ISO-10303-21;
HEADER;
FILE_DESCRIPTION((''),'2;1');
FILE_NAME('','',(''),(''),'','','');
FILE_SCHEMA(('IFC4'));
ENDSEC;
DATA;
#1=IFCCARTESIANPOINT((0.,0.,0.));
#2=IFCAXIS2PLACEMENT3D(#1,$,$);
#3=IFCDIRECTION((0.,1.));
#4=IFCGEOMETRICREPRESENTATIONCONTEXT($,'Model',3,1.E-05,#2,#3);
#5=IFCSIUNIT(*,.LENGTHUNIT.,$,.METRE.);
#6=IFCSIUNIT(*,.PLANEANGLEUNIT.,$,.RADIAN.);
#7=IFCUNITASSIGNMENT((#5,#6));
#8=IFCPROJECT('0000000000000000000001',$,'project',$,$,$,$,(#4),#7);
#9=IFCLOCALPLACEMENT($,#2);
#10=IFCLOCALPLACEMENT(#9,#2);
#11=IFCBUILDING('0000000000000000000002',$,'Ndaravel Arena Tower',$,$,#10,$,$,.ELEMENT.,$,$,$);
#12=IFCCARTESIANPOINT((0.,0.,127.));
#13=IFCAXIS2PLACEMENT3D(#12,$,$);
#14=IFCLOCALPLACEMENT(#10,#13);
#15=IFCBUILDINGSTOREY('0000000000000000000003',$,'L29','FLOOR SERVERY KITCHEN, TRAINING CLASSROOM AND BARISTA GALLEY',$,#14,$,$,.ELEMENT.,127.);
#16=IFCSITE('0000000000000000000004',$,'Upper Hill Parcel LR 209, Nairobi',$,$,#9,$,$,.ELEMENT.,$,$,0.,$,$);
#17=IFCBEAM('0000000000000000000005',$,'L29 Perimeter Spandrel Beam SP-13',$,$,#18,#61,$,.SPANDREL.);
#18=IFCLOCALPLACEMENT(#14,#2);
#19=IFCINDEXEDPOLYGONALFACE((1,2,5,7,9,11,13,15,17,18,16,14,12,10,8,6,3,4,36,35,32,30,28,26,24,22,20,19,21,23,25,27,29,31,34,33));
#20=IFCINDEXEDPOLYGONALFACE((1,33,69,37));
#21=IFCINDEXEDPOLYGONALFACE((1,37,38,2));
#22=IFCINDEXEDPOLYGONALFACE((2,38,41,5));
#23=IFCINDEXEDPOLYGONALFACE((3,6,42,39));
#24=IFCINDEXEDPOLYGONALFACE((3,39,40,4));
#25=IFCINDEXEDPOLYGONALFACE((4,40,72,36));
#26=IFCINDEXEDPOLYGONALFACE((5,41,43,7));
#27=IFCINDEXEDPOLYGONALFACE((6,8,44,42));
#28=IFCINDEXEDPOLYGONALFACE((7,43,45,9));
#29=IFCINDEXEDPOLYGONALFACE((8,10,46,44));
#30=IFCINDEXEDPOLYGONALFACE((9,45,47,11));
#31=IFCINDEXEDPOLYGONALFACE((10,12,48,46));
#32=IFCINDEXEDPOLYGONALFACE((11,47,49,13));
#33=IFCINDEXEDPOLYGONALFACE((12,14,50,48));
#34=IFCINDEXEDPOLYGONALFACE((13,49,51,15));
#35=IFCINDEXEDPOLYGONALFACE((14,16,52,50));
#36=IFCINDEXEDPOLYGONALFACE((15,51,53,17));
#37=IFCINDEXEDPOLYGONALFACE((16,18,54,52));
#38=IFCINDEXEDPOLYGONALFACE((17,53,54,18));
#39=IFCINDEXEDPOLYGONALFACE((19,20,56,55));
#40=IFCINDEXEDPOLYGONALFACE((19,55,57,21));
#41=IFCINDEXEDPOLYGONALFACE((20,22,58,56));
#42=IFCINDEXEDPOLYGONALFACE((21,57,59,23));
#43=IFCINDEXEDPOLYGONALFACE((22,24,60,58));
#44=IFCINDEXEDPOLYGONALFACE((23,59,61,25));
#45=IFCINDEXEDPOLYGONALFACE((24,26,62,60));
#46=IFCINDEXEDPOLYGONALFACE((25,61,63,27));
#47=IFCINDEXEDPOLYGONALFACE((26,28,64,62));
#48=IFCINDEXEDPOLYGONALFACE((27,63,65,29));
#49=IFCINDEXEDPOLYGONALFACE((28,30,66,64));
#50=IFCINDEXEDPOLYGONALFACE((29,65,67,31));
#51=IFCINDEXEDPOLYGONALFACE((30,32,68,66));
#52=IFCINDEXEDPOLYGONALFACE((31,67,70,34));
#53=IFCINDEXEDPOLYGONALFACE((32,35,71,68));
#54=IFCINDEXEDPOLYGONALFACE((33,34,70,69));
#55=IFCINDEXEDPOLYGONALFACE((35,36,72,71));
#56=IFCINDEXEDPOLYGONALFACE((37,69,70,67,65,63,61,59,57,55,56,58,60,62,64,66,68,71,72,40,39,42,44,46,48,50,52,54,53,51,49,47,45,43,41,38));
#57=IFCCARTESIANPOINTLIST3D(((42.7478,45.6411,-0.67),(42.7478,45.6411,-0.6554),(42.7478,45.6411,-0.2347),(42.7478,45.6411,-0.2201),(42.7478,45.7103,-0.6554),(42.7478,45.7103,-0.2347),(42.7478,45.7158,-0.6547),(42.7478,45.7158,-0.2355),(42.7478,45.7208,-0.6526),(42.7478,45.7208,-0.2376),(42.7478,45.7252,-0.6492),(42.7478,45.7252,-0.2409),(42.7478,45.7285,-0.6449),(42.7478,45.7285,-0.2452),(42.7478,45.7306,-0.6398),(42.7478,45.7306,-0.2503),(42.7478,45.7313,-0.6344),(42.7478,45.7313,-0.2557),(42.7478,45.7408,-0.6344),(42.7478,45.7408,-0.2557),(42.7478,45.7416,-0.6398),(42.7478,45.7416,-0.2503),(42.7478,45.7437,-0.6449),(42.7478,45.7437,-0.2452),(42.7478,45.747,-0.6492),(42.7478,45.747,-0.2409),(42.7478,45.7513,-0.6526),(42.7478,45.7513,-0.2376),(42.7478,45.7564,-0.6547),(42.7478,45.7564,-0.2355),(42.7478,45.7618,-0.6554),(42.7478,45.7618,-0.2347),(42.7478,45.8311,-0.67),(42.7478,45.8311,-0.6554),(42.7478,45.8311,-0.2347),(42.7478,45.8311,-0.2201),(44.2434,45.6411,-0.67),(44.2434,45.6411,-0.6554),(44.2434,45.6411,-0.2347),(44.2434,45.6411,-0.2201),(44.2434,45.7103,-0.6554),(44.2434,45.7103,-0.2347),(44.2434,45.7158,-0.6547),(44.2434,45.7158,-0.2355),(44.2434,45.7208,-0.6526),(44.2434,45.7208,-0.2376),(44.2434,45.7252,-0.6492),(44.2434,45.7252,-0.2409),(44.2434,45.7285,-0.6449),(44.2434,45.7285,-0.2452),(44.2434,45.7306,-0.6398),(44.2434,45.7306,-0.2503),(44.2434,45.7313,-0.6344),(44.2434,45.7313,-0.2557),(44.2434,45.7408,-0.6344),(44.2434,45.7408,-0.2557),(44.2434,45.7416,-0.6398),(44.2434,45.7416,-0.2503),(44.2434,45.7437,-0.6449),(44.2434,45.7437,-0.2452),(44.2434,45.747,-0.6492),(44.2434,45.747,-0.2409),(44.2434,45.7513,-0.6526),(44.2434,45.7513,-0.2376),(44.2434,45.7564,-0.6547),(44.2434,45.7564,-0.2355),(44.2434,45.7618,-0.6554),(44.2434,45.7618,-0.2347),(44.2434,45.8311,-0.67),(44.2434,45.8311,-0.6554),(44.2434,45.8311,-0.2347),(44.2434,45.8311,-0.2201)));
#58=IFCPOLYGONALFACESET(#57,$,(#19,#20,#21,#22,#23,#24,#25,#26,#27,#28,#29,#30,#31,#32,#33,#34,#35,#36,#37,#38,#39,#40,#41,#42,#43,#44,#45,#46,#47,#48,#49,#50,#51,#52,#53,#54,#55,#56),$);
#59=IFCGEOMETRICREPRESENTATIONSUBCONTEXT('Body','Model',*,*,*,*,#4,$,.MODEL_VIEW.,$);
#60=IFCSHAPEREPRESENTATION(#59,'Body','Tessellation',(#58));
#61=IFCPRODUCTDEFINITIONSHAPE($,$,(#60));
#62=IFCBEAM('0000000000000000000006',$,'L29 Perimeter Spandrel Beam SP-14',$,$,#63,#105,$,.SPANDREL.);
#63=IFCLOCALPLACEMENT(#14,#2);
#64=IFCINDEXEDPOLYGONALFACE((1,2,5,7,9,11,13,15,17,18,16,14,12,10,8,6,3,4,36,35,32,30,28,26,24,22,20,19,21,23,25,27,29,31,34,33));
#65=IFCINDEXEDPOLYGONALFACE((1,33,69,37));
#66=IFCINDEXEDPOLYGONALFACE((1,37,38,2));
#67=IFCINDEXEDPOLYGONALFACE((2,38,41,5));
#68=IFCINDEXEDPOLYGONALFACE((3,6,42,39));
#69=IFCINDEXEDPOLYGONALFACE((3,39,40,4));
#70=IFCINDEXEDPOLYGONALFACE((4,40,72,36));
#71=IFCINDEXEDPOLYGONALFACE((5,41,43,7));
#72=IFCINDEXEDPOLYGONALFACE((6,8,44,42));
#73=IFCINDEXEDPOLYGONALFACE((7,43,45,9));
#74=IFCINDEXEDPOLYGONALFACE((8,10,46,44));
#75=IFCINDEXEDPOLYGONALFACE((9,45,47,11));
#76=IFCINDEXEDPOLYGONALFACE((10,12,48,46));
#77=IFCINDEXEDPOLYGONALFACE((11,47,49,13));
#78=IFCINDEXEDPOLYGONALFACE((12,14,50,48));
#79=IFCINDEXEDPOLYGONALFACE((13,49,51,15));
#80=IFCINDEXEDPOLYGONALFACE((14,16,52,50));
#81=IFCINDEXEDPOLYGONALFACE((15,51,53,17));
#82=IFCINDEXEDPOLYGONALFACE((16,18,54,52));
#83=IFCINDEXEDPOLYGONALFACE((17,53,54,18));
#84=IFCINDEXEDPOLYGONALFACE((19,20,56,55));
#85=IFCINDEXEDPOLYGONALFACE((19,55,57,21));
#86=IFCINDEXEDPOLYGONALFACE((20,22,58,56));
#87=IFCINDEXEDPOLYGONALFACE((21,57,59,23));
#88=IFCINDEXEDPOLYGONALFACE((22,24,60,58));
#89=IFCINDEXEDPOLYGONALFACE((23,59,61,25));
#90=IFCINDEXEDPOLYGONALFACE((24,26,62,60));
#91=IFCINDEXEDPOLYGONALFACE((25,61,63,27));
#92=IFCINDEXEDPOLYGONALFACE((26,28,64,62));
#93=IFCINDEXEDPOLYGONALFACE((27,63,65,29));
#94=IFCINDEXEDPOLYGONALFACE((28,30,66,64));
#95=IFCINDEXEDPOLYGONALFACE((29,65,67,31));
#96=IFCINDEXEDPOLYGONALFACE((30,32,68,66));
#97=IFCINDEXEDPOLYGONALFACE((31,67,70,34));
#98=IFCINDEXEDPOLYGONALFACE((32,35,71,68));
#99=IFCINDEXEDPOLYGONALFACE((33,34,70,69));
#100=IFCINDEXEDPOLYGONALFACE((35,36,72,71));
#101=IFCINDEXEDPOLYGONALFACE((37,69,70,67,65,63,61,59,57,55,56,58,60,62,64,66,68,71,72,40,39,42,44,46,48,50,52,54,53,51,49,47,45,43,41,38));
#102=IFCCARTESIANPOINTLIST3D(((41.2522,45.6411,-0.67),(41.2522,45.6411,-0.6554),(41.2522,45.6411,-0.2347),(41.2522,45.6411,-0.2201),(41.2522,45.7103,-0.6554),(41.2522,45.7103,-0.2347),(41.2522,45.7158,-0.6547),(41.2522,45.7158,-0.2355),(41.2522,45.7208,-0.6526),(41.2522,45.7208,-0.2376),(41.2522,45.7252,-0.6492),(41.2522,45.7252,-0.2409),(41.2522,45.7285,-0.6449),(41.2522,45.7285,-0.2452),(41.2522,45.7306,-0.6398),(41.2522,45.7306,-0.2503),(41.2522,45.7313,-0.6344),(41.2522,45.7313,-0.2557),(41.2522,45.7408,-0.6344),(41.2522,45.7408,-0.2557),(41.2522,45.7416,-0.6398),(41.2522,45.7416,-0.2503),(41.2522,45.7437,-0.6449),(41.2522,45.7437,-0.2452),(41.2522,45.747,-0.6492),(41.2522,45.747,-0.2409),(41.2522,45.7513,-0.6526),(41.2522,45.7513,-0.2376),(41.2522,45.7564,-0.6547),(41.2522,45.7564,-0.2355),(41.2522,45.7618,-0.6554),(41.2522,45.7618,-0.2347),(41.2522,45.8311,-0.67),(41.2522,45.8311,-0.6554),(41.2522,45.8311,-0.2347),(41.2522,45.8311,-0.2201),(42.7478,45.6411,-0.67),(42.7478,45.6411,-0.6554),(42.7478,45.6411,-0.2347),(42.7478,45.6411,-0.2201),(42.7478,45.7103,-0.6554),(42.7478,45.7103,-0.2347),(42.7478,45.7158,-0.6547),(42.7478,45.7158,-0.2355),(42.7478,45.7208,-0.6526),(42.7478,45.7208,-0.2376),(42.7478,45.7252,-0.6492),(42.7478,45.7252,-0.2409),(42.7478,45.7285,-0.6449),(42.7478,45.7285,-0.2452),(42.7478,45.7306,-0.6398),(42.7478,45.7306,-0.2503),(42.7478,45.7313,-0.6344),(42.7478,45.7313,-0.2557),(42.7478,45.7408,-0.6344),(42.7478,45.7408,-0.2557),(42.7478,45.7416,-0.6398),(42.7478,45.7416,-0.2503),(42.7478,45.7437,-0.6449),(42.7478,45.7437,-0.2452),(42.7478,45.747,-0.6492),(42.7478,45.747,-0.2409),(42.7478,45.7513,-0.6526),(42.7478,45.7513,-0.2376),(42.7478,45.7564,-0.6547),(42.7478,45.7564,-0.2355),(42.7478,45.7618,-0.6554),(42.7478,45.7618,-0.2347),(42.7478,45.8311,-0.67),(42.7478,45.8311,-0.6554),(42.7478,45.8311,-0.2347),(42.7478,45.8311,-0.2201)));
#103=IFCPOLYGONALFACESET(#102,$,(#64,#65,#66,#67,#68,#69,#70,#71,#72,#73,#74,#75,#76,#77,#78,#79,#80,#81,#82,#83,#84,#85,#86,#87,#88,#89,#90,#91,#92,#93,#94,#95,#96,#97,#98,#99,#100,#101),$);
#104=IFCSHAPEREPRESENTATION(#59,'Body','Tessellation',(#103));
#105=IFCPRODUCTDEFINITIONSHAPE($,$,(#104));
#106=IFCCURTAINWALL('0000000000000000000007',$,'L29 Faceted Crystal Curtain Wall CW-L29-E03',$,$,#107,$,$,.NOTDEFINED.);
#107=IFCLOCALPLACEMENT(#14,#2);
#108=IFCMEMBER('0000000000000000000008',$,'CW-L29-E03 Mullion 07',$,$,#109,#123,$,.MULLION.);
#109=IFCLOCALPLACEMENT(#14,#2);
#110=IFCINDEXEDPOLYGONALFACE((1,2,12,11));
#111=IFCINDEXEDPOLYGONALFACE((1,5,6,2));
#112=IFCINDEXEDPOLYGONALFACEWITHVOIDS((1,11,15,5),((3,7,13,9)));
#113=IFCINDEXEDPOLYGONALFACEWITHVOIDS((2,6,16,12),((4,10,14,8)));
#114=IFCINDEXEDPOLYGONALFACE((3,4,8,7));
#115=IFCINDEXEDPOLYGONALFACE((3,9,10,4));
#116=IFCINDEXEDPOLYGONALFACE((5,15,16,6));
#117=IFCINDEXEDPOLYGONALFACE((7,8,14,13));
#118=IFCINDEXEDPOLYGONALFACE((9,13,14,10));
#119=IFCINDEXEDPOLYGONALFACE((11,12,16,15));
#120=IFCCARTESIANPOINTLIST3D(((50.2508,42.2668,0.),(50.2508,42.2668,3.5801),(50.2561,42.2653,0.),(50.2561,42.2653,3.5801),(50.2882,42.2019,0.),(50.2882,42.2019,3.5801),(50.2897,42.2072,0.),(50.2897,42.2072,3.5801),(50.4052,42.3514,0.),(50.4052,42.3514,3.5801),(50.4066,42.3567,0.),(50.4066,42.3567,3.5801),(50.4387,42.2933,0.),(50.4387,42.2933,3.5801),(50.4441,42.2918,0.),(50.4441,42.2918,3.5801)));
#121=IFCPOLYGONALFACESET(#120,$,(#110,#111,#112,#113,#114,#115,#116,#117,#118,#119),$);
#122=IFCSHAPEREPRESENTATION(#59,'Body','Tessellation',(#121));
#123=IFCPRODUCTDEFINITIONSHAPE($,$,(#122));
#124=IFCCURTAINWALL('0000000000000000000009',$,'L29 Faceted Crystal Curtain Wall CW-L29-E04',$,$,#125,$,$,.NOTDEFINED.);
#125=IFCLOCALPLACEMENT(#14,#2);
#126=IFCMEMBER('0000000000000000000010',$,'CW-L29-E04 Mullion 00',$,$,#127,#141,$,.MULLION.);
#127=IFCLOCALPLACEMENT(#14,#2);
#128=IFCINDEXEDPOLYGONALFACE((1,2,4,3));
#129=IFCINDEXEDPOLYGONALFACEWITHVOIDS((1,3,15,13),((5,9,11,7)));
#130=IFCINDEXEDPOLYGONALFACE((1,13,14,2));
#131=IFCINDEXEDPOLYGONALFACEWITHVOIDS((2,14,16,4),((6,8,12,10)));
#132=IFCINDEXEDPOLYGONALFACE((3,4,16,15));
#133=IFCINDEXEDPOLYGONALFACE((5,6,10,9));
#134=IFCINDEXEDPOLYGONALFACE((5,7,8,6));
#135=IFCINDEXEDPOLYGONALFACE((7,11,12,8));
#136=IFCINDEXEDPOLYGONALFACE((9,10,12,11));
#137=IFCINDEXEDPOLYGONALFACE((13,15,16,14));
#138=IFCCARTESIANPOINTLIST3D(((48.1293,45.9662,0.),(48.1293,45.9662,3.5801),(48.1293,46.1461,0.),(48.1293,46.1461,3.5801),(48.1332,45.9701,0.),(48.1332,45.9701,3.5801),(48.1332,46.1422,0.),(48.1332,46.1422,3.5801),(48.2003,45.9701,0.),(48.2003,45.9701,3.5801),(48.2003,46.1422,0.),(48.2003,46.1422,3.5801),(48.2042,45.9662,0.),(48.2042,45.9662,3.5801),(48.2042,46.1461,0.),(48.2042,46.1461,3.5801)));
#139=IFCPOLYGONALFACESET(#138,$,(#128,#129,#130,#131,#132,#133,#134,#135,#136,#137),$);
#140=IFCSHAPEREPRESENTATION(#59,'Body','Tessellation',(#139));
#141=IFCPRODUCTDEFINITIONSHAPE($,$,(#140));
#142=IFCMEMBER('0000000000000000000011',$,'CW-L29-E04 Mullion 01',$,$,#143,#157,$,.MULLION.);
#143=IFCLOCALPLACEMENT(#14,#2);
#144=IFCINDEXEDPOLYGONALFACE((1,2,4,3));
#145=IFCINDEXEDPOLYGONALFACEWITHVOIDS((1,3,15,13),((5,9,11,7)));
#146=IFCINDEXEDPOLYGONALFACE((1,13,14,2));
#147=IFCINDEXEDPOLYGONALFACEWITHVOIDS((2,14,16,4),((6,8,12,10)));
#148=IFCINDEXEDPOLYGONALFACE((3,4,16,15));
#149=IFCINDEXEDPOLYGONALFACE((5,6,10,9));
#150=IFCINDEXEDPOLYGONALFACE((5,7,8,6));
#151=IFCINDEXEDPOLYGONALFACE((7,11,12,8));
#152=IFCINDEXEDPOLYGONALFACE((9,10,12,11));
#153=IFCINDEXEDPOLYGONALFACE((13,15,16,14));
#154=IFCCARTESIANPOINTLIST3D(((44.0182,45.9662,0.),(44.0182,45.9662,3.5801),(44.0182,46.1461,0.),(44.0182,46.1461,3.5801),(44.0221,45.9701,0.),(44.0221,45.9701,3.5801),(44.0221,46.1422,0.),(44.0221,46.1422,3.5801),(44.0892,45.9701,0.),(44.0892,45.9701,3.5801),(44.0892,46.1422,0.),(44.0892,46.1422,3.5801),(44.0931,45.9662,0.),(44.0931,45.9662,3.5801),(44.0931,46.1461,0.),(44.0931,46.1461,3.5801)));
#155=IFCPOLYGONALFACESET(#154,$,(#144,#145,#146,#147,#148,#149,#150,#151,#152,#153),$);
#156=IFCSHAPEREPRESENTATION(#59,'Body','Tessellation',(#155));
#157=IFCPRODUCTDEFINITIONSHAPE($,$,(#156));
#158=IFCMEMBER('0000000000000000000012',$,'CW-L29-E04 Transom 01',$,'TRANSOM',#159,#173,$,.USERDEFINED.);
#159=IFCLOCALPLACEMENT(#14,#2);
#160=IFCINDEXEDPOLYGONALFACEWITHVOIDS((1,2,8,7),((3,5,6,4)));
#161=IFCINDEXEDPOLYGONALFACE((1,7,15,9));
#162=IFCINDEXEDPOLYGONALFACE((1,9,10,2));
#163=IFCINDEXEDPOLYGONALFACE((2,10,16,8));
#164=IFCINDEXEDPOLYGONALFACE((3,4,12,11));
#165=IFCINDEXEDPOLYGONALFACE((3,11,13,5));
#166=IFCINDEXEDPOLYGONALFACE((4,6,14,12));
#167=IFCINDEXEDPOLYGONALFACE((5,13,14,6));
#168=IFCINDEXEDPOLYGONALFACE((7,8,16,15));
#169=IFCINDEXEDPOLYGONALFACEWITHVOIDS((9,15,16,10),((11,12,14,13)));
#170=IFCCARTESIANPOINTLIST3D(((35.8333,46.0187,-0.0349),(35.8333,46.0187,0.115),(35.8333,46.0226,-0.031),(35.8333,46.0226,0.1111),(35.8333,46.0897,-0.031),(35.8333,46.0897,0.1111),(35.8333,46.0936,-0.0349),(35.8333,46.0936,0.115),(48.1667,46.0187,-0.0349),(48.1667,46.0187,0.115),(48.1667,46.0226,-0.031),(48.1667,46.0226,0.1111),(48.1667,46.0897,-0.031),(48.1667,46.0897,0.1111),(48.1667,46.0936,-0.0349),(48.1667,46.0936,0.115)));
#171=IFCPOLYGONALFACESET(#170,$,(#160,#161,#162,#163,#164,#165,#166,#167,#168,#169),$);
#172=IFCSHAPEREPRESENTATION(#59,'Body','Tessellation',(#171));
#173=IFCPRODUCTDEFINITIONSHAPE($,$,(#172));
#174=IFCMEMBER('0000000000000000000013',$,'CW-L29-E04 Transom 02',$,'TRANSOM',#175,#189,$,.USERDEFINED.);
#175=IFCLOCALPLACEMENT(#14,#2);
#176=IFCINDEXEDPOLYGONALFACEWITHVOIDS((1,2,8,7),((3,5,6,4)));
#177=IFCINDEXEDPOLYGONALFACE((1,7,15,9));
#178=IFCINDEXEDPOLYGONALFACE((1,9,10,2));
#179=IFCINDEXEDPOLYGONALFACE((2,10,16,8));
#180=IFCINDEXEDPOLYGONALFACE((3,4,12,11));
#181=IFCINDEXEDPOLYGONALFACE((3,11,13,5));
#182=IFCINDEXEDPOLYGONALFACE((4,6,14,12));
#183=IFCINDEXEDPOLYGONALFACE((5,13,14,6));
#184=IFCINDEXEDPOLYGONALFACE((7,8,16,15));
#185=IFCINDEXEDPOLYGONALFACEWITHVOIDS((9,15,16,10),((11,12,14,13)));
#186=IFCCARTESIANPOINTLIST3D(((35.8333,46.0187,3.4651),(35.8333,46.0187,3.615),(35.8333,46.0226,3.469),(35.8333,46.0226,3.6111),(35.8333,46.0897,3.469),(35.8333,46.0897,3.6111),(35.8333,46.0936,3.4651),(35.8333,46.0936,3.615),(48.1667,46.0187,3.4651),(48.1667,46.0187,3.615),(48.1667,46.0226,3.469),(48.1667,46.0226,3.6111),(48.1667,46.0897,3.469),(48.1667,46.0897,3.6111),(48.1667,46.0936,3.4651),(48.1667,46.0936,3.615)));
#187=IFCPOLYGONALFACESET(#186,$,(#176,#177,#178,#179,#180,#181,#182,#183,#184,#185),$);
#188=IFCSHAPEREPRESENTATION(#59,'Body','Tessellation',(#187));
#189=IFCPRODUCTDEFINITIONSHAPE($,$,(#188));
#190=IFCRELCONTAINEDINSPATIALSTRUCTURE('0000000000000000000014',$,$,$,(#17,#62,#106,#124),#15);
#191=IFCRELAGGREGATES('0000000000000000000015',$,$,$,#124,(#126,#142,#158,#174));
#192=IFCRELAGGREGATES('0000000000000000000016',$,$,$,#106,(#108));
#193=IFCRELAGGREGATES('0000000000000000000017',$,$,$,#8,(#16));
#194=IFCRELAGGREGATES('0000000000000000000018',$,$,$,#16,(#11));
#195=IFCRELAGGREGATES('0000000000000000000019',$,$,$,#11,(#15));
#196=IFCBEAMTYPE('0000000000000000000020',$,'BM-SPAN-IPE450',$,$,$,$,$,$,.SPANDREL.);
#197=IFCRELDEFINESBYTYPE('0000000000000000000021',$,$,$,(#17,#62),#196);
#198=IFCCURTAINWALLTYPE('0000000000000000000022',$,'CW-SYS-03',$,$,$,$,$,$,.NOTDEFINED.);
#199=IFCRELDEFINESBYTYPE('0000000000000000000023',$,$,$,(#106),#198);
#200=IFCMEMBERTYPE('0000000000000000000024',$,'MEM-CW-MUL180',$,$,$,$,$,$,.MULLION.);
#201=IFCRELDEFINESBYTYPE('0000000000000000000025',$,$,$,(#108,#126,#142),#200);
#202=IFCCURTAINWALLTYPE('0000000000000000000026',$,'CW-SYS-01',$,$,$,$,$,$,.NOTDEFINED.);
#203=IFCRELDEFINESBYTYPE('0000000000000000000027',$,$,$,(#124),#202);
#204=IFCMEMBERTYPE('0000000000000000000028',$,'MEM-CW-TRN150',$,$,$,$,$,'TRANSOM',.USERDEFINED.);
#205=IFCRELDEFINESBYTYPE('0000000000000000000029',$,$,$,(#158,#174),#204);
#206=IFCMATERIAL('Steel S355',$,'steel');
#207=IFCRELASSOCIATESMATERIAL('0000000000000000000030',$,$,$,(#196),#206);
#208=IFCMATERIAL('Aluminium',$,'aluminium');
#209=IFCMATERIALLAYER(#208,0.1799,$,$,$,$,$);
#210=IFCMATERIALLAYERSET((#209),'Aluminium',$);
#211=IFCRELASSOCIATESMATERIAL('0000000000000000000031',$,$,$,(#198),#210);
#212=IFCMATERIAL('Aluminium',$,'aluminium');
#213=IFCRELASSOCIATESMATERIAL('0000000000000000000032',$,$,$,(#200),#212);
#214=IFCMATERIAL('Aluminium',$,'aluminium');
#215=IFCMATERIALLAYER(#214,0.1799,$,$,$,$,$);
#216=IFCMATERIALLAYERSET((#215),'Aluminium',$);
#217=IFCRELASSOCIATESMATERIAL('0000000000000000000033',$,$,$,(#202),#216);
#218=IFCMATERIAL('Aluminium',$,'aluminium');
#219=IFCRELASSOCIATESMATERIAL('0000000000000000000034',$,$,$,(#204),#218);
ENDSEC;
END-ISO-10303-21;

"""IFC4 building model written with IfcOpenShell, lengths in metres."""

from ifc_helpers import new_model, si_unit, direction, frame, origin, origin_2d, place, context, subcontext, project, spatial, hollow_rectangle, i_section, extrude, material, layer, layer_set, material_profile, profile_set, type_object, element, aggregate, save


model = new_model("IFC4")

# Units and contexts
model_context = context("Model", 3, precision=1e-05, world=origin(), true_north=direction((0.0, 1.0)))
body_context = subcontext(model_context, "Body", "Model", "MODEL_VIEW")
ifc_project = project(units=[si_unit("LENGTHUNIT", "METRE"), si_unit("PLANEANGLEUNIT", "RADIAN")], contexts=[model_context])

# Site, building, storey
site_placement = place(None, origin())
site = spatial("IfcSite", under=ifc_project, at=site_placement, Name="Upper Hill Parcel LR 209, Nairobi", CompositionType="ELEMENT", RefElevation=0.0)
building_placement = place(site_placement, origin())
building = spatial("IfcBuilding", under=site, at=building_placement, Name="Ndaravel Arena Tower", CompositionType="ELEMENT")
storey_placement = place(building_placement, frame((0.0, 0.0, 127.0)))
storey = spatial("IfcBuildingStorey", under=building, at=storey_placement, Name="L29", Description="FLOOR SERVERY KITCHEN, TRAINING CLASSROOM AND BARISTA GALLEY", CompositionType="ELEMENT", Elevation=127.0)

# Beams
ifc_material_1 = material(Name="Steel S355", Category="steel")
ifc_material_profile_1 = material_profile(ifc_material_1, i_section(OverallWidth=0.1899, OverallDepth=0.45, WebThickness=0.0095, FlangeThickness=0.0146, FilletRadius=0.021, at=origin_2d()), Name="IPE 450")
ifc_profile_set_1 = profile_set([ifc_material_profile_1], Name="Steel S355")
beam_type_1 = type_object("IfcBeamType", Name="BM-SPAN-IPE450", PredefinedType="SPANDREL", material=ifc_profile_set_1)
for number, where, z_axis, x_axis, name in (
    (1, (44.2434, 45.7361, -0.4451), (-1.0, 0.0, 0.0), (0.0, -1.0, 0.0), "L29 Perimeter Spandrel Beam SP-13"),
    (2, (42.7478, 45.7361, -0.4451), (-1.0, 0.0, 0.0), (0.0, -1.0, 0.0), "L29 Perimeter Spandrel Beam SP-14"),
):
    element("IfcBeam", number, at=place(storey_placement, frame(where, z_axis=z_axis, x_axis=x_axis)), inside=storey, type_object=beam_type_1, Name=name, PredefinedType="SPANDREL", context=body_context, shape_type="SweptSolid", body=[
        extrude(i_section(OverallWidth=0.1899, OverallDepth=0.45, WebThickness=0.0095, FlangeThickness=0.0146, FilletRadius=0.021, at=origin_2d()), origin(), (0.0, 0.0, 1.0), 1.4956),
    ])

# Curtain wall, member
ifc_material_2 = material(Name="Aluminium", Category="aluminium")
ifc_layer_1 = layer(ifc_material_2, 0.1799)
ifc_layer_set_1 = layer_set([ifc_layer_1], Name="Aluminium")
curtain_wall_type_1 = type_object("IfcCurtainWallType", Name="CW-SYS-03", PredefinedType="NOTDEFINED", material=ifc_layer_set_1)
curtain_wall_1_placement = place(storey_placement, origin())
curtain_wall_1 = element("IfcCurtainWall", 3, at=curtain_wall_1_placement, inside=storey, type_object=curtain_wall_type_1, Name="L29 Faceted Crystal Curtain Wall CW-L29-E03", PredefinedType="NOTDEFINED")
ifc_material_3 = material(Name="Aluminium", Category="aluminium")
ifc_material_profile_2 = material_profile(ifc_material_3, hollow_rectangle(XDim=0.075, YDim=0.1799, WallThickness=0.0039, at=origin_2d()), Name="CW MULLION 75x180x4")
ifc_profile_set_2 = profile_set([ifc_material_profile_2], Name="Aluminium")
member_type_1 = type_object("IfcMemberType", Name="MEM-CW-MUL180", PredefinedType="MULLION", material=ifc_profile_set_2)
member_1_placement = place(storey_placement, frame((50.3474, 42.2793, 0.0), z_axis=(0.0, 0.0, 1.0), x_axis=(-0.5, 0.866025, 0.0)))
member_1 = element("IfcMember", 4, at=member_1_placement, type_object=member_type_1, Name="CW-L29-E03 Mullion 07", PredefinedType="MULLION", context=body_context, shape_type="SweptSolid", body=[
    extrude(hollow_rectangle(XDim=0.075, YDim=0.1799, WallThickness=0.0039, at=origin_2d()), origin(), (0.0, 0.0, 1.0), 3.5801),
])

# Curtain wall, members
ifc_material_4 = material(Name="Aluminium", Category="aluminium")
ifc_layer_2 = layer(ifc_material_4, 0.1799)
ifc_layer_set_2 = layer_set([ifc_layer_2], Name="Aluminium")
curtain_wall_type_2 = type_object("IfcCurtainWallType", Name="CW-SYS-01", PredefinedType="NOTDEFINED", material=ifc_layer_set_2)
curtain_wall_2_placement = place(storey_placement, origin())
curtain_wall_2 = element("IfcCurtainWall", 5, at=curtain_wall_2_placement, inside=storey, type_object=curtain_wall_type_2, Name="L29 Faceted Crystal Curtain Wall CW-L29-E04", PredefinedType="NOTDEFINED")
member_2_placement = place(storey_placement, frame((48.1667, 46.0562, 0.0), z_axis=(0.0, 0.0, 1.0), x_axis=(-1.0, 0.0, 0.0)))
member_2 = element("IfcMember", 6, at=member_2_placement, type_object=member_type_1, Name="CW-L29-E04 Mullion 00", PredefinedType="MULLION", context=body_context, shape_type="SweptSolid", body=[
    extrude(hollow_rectangle(XDim=0.075, YDim=0.1799, WallThickness=0.0039, at=origin_2d()), origin(), (0.0, 0.0, 1.0), 3.5801),
])
member_3_placement = place(storey_placement, frame((44.0557, 46.0562, 0.0), z_axis=(0.0, 0.0, 1.0), x_axis=(-1.0, 0.0, 0.0)))
member_3 = element("IfcMember", 7, at=member_3_placement, type_object=member_type_1, Name="CW-L29-E04 Mullion 01", PredefinedType="MULLION", context=body_context, shape_type="SweptSolid", body=[
    extrude(hollow_rectangle(XDim=0.075, YDim=0.1799, WallThickness=0.0039, at=origin_2d()), origin(), (0.0, 0.0, 1.0), 3.5801),
])
ifc_material_5 = material(Name="Aluminium", Category="aluminium")
ifc_material_profile_3 = material_profile(ifc_material_5, hollow_rectangle(XDim=0.075, YDim=0.1499, WallThickness=0.0039, at=origin_2d()), Name="CW TRANSOM 75x150x4")
ifc_profile_set_3 = profile_set([ifc_material_profile_3], Name="Aluminium")
member_type_2 = type_object("IfcMemberType", Name="MEM-CW-TRN150", ElementType="TRANSOM", PredefinedType="USERDEFINED", material=ifc_profile_set_3)
member_4_placement = place(storey_placement, frame((48.1667, 46.0562, 0.04), z_axis=(-1.0, 0.0, 0.0), x_axis=(0.0, -1.0, 0.0)))
member_4 = element("IfcMember", 8, at=member_4_placement, type_object=member_type_2, Name="CW-L29-E04 Transom 01", ObjectType="TRANSOM", PredefinedType="USERDEFINED", context=body_context, shape_type="SweptSolid", body=[
    extrude(hollow_rectangle(XDim=0.075, YDim=0.1499, WallThickness=0.0039, at=origin_2d()), origin(), (0.0, 0.0, 1.0), 12.3335),
])
member_5_placement = place(storey_placement, frame((48.1667, 46.0562, 3.54), z_axis=(-1.0, 0.0, 0.0), x_axis=(0.0, -1.0, 0.0)))
member_5 = element("IfcMember", 9, at=member_5_placement, type_object=member_type_2, Name="CW-L29-E04 Transom 02", ObjectType="TRANSOM", PredefinedType="USERDEFINED", context=body_context, shape_type="SweptSolid", body=[
    extrude(hollow_rectangle(XDim=0.075, YDim=0.1499, WallThickness=0.0039, at=origin_2d()), origin(), (0.0, 0.0, 1.0), 12.3335),
])
aggregate(curtain_wall_2, [member_2, member_3, member_4, member_5])

aggregate(curtain_wall_1, [member_1])

save(model, "model.ifc")
